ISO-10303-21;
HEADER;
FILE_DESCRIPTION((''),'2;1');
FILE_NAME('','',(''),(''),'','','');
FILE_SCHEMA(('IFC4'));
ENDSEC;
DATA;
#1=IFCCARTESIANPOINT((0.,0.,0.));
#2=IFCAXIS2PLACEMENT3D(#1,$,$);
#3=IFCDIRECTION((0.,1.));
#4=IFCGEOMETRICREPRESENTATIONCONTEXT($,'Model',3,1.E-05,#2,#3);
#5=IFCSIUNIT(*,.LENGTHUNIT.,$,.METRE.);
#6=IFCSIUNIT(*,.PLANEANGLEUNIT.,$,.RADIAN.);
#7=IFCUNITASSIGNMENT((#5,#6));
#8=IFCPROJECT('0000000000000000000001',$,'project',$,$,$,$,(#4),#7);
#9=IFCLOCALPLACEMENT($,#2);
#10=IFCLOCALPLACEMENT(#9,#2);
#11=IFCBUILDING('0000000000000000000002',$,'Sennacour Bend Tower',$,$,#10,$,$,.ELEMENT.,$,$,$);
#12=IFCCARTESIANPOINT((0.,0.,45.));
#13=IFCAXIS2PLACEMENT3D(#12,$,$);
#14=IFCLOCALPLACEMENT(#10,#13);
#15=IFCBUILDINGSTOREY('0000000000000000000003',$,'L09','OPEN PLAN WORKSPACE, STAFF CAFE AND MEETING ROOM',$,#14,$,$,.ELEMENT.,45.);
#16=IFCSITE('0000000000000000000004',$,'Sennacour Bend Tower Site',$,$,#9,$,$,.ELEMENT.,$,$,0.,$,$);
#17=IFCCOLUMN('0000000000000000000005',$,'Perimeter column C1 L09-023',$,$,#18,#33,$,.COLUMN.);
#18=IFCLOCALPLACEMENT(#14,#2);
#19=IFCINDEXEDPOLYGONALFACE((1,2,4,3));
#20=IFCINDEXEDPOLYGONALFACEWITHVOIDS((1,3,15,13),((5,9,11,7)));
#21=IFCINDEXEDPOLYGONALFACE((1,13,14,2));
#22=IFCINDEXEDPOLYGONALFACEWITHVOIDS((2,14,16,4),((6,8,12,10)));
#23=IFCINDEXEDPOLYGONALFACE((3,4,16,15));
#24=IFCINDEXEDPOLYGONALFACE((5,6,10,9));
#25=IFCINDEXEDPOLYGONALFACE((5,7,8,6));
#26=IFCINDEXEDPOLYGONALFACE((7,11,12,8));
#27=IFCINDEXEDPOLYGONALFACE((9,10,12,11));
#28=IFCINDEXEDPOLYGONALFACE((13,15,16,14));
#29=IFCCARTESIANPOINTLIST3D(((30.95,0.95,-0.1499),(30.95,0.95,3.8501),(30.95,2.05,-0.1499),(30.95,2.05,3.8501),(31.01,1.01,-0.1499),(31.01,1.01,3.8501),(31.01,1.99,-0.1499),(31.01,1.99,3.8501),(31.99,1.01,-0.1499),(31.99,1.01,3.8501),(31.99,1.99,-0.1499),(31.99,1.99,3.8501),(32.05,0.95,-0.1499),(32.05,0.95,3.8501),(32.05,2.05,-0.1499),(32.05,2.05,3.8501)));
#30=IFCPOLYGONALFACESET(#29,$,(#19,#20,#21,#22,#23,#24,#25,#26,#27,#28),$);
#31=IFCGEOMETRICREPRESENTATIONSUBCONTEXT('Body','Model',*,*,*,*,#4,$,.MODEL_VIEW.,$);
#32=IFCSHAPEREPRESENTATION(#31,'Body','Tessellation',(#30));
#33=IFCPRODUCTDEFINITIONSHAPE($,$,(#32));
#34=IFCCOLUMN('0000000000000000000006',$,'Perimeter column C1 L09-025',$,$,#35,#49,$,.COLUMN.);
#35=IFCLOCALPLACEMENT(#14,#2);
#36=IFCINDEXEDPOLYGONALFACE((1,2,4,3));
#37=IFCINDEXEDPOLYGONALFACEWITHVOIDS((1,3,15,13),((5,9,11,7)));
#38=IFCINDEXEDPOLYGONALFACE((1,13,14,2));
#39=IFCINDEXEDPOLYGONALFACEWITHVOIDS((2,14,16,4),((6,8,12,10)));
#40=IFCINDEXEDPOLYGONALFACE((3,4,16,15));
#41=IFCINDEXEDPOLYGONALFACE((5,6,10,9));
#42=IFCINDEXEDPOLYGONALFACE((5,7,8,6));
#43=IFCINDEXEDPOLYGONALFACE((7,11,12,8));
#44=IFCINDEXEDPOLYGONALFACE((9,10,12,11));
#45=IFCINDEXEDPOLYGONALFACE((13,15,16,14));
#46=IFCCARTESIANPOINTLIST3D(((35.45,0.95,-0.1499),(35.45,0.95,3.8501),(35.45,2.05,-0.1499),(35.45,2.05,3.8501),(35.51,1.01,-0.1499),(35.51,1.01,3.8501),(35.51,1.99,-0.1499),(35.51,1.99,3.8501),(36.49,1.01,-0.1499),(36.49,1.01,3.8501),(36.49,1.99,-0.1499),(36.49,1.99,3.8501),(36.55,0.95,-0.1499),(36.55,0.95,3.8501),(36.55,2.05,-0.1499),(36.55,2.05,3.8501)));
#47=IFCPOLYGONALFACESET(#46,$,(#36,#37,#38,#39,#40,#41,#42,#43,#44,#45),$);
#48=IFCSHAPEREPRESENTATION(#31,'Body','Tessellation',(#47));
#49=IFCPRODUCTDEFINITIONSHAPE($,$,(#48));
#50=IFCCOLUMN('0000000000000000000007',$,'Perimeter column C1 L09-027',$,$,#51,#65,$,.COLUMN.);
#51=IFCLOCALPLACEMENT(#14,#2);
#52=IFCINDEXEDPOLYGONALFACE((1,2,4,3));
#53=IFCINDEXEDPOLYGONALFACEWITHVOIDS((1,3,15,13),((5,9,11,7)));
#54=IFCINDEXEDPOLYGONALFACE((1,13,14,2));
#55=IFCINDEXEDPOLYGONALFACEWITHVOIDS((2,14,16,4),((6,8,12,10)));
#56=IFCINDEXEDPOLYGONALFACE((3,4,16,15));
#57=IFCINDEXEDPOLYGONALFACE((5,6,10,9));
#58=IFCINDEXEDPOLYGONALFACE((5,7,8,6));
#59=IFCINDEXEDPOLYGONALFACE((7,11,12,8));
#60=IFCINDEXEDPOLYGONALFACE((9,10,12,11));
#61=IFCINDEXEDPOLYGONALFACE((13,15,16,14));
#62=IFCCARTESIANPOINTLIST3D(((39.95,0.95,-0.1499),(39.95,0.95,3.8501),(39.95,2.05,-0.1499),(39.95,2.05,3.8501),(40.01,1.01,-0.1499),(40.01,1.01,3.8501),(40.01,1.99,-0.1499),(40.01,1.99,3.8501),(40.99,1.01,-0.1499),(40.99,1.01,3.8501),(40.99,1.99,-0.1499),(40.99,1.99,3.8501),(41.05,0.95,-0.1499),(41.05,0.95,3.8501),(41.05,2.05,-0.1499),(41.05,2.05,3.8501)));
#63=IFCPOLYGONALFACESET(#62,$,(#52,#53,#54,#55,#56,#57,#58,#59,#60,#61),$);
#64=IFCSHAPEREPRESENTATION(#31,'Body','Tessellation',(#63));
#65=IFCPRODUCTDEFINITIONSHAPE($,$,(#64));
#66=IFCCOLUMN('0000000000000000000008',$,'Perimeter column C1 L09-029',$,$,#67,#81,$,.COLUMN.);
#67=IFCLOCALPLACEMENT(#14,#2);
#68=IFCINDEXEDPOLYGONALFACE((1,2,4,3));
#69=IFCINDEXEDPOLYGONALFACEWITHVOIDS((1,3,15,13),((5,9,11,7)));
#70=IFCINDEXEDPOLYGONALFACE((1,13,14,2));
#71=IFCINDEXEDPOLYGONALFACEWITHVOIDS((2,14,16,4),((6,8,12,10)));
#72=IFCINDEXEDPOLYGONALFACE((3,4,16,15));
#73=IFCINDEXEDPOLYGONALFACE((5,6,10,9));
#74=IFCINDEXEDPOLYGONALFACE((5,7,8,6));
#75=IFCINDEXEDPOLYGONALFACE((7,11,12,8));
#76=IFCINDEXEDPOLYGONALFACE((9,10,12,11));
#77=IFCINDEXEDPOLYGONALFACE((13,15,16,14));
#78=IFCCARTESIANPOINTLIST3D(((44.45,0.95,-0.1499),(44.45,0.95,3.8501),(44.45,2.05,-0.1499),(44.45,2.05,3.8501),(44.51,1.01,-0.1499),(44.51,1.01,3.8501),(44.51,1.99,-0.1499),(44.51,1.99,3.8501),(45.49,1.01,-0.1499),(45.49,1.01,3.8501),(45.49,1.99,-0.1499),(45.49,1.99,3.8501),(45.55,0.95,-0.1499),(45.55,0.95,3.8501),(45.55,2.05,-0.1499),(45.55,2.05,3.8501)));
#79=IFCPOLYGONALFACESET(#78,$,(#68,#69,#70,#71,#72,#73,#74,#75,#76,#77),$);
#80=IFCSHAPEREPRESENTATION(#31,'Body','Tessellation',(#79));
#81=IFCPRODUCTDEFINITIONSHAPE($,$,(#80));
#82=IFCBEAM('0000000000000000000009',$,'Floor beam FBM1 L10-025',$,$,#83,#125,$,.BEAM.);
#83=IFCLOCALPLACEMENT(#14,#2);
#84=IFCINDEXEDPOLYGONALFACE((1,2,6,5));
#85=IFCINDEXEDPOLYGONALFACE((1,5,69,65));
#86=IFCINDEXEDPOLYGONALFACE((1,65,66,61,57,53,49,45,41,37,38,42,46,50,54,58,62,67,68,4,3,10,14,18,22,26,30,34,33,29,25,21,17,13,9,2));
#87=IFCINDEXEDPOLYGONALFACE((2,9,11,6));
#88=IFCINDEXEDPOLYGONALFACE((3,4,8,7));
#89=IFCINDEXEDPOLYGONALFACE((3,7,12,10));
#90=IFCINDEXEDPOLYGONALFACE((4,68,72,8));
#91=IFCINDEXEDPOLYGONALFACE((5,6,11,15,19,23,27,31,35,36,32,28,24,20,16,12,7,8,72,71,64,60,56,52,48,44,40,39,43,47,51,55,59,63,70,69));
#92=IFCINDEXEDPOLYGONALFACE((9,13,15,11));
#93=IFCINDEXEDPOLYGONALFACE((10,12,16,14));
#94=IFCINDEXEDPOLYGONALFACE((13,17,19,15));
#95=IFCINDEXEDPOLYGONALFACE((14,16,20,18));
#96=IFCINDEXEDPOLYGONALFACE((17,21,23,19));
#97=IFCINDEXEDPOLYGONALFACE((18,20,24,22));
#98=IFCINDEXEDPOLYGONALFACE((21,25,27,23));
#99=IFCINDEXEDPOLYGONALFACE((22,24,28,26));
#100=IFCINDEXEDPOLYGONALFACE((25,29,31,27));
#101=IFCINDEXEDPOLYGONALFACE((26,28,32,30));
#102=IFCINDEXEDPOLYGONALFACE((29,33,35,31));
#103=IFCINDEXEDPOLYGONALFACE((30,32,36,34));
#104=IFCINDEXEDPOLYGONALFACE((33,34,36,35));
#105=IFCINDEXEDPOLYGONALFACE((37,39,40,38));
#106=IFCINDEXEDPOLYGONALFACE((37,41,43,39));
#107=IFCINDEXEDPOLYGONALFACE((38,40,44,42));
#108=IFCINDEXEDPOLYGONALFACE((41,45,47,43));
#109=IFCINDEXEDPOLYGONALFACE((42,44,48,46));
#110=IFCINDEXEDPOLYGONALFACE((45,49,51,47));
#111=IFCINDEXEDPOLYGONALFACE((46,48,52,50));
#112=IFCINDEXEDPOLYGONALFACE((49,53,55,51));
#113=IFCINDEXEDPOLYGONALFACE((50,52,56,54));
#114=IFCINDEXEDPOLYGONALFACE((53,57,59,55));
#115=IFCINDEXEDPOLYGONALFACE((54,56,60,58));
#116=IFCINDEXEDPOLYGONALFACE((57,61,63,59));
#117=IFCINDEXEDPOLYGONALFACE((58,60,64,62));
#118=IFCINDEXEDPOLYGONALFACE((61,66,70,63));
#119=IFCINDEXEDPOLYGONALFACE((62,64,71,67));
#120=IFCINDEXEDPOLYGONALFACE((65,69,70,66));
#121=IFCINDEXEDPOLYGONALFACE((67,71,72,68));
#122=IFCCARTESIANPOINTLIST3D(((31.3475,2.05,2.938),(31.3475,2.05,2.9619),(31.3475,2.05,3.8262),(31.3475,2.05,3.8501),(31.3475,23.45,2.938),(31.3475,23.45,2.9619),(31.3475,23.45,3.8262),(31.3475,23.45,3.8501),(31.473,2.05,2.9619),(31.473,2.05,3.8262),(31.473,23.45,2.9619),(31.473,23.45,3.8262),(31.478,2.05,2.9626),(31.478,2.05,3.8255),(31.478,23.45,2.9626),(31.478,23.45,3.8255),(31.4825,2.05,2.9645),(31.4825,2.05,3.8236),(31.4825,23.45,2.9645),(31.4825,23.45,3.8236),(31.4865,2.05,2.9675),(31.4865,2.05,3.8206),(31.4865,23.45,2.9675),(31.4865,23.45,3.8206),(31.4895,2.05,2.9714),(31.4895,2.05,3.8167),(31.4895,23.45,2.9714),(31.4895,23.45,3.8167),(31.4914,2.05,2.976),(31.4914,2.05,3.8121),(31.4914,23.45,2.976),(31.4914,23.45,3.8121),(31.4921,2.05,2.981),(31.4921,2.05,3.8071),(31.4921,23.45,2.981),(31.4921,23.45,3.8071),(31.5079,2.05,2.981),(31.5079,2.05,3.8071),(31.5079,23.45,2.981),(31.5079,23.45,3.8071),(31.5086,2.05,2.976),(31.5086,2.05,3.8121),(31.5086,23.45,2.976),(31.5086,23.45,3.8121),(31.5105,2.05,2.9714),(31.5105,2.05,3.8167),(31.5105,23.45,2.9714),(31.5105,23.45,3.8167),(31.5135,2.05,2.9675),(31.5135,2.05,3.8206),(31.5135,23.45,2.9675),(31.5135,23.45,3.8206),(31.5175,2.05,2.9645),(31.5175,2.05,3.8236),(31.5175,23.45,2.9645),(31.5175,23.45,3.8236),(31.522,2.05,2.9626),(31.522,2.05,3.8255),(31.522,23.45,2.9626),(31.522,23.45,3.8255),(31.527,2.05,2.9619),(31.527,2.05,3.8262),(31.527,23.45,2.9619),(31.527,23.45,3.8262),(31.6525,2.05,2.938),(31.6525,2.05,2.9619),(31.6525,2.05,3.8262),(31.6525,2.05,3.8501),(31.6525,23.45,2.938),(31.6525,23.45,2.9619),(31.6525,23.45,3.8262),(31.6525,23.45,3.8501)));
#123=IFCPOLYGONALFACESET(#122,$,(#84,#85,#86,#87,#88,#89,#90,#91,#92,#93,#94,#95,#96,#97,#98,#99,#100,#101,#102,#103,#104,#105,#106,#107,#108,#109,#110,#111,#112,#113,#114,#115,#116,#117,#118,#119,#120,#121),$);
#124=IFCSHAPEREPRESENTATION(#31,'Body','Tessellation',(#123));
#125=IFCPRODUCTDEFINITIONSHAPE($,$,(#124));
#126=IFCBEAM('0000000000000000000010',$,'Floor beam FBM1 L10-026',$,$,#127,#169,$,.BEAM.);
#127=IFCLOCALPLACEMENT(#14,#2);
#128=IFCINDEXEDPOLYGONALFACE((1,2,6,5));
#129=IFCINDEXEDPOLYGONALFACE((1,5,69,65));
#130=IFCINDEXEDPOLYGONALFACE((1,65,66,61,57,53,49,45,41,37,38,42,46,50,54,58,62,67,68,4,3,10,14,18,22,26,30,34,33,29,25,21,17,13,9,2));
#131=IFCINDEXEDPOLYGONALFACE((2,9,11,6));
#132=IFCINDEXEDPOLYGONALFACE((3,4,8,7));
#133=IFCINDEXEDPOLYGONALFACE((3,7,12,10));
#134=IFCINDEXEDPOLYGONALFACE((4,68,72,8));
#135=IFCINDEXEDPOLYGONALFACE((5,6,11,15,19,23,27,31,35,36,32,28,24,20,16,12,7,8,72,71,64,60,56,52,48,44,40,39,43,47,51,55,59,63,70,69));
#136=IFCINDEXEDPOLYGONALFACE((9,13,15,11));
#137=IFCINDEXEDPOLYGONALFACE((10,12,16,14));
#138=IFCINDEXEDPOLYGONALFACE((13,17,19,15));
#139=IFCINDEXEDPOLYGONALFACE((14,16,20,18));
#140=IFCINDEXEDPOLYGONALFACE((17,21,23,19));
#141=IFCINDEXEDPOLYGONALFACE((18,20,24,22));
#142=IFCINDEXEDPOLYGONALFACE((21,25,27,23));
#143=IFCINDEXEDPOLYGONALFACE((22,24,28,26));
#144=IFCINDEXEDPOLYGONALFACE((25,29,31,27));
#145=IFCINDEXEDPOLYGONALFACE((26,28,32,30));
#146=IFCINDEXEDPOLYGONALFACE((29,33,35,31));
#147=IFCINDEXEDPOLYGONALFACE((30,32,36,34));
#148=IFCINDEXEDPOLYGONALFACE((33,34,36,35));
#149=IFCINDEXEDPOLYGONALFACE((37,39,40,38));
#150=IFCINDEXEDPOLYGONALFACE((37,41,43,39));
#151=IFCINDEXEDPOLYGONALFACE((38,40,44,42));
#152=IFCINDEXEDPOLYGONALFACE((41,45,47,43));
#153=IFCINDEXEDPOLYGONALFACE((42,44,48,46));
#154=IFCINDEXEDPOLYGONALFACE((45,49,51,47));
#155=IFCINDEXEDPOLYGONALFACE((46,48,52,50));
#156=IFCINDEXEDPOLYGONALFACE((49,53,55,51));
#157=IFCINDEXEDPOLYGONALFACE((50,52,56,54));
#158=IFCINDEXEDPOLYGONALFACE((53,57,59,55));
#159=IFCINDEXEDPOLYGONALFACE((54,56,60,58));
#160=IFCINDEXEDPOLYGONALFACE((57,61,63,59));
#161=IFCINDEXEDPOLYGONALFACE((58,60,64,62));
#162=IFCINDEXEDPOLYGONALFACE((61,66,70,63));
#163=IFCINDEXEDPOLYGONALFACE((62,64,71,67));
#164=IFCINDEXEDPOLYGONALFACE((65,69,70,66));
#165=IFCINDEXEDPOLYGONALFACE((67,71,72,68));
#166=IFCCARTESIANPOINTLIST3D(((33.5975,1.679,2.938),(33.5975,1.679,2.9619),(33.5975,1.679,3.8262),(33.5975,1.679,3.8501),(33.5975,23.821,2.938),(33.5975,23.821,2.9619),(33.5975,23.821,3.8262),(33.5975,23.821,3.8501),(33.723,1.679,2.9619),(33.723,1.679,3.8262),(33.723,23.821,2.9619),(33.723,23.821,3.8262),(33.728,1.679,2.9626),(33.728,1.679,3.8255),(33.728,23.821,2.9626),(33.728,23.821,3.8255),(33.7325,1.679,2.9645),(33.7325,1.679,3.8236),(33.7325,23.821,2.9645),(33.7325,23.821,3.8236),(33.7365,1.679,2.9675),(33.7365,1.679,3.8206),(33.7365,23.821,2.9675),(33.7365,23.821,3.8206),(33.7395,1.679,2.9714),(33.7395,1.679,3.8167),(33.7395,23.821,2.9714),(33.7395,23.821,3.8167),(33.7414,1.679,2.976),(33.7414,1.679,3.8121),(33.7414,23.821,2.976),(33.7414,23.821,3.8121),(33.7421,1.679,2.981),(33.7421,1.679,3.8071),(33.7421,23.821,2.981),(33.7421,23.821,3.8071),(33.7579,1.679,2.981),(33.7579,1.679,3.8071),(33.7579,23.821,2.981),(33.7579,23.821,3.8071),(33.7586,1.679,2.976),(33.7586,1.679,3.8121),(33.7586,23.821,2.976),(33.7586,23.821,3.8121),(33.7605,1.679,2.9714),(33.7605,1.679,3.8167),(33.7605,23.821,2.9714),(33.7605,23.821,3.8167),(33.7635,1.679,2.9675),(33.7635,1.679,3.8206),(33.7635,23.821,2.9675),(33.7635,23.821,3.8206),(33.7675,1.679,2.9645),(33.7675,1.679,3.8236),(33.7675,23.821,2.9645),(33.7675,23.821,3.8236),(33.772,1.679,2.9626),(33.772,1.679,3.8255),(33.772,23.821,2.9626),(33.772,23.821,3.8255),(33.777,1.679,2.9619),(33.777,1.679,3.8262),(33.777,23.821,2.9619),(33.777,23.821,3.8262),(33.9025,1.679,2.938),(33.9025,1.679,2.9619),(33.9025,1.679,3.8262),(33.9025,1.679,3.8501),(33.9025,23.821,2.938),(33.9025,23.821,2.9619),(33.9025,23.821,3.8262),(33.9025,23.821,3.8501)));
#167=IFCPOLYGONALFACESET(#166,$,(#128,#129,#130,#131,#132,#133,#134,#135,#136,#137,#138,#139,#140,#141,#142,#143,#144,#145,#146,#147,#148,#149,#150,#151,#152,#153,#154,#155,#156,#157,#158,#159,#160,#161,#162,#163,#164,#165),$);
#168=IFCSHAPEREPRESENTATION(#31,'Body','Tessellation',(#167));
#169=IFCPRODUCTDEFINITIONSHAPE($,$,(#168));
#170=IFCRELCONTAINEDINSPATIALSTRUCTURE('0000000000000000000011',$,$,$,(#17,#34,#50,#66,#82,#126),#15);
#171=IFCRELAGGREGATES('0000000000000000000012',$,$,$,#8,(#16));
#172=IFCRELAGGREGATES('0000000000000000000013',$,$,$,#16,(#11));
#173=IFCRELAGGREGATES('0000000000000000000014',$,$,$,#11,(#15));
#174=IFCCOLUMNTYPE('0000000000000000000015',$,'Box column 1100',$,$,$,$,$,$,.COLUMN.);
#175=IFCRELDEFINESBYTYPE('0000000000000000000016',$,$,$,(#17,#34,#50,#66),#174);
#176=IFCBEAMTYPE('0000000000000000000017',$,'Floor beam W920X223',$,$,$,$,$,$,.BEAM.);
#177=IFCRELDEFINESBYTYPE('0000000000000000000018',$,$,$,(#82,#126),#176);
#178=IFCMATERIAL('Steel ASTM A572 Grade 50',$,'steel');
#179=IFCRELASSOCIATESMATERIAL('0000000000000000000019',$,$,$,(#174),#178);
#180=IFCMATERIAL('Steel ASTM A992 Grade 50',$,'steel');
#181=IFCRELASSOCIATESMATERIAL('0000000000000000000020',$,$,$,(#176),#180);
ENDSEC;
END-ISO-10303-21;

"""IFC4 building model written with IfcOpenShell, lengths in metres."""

from ifc_helpers import new_model, si_unit, direction, frame, origin, origin_2d, place, context, subcontext, project, spatial, hollow_rectangle, i_section, extrude, material, material_profile, profile_set, type_object, element, save


model = new_model("IFC4")

# Units and contexts
model_context = context("Model", 3, precision=1e-05, world=origin(), true_north=direction((0.0, 1.0)))
body_context = subcontext(model_context, "Body", "Model", "MODEL_VIEW")
ifc_project = project(units=[si_unit("LENGTHUNIT", "METRE"), si_unit("PLANEANGLEUNIT", "RADIAN")], contexts=[model_context])

# Site, building, storey
site_placement = place(None, origin())
site = spatial("IfcSite", under=ifc_project, at=site_placement, Name="Sennacour Bend Tower Site", CompositionType="ELEMENT", RefElevation=0.0)
building_placement = place(site_placement, origin())
building = spatial("IfcBuilding", under=site, at=building_placement, Name="Sennacour Bend Tower", CompositionType="ELEMENT")
storey_placement = place(building_placement, frame((0.0, 0.0, 45.0)))
storey = spatial("IfcBuildingStorey", under=building, at=storey_placement, Name="L09", Description="OPEN PLAN WORKSPACE, STAFF CAFE AND MEETING ROOM", CompositionType="ELEMENT", Elevation=45.0)

# Columns
ifc_material_1 = material(Name="Steel ASTM A572 Grade 50", Category="steel")
ifc_material_profile_1 = material_profile(ifc_material_1, hollow_rectangle(XDim=1.1001, YDim=1.1001, WallThickness=0.0601, at=origin_2d()), Name="Steel ASTM A572 Grade 50", Category="steel")
ifc_profile_set_1 = profile_set([ifc_material_profile_1], Name="Steel ASTM A572 Grade 50")
column_type = type_object("IfcColumnType", Name="Box column 1100", PredefinedType="COLUMN", material=ifc_profile_set_1)
for number, where, z_axis, x_axis, name in (
    (1, (31.5, 1.5, -0.1499), (0.0, 0.0, 1.0), (1.0, 0.0, 0.0), "Perimeter column C1 L09-023"),
    (2, (36.0, 1.5, -0.1499), (0.0, 0.0, 1.0), (1.0, 0.0, 0.0), "Perimeter column C1 L09-025"),
    (3, (40.5, 1.5, -0.1499), (0.0, 0.0, 1.0), (1.0, 0.0, 0.0), "Perimeter column C1 L09-027"),
    (4, (45.0, 1.5, -0.1499), (0.0, 0.0, 1.0), (1.0, 0.0, 0.0), "Perimeter column C1 L09-029"),
):
    element("IfcColumn", number, at=place(storey_placement, frame(where, z_axis=z_axis, x_axis=x_axis)), inside=storey, type_object=column_type, Name=name, PredefinedType="COLUMN", context=body_context, shape_type="SweptSolid", body=[
        extrude(hollow_rectangle(XDim=1.1001, YDim=1.1001, WallThickness=0.0601, at=origin_2d()), origin(), (0.0, 0.0, 1.0), 4.0),
    ])

# Beams
ifc_material_2 = material(Name="Steel ASTM A992 Grade 50", Category="steel")
ifc_material_profile_2 = material_profile(ifc_material_2, i_section(OverallWidth=0.3049, OverallDepth=0.9121, WebThickness=0.0159, FlangeThickness=0.0239, FilletRadius=0.019, at=origin_2d()), Name="Steel ASTM A992 Grade 50", Category="steel")
ifc_profile_set_2 = profile_set([ifc_material_profile_2], Name="Steel ASTM A992 Grade 50")
beam_type_1 = type_object("IfcBeamType", Name="Floor beam W920X223", PredefinedType="BEAM", material=ifc_profile_set_2)
beam_1_placement = place(storey_placement, frame((31.5, 2.05, 3.394), z_axis=(0.0, 1.0, 0.0), x_axis=(-1.0, 0.0, 0.0)))
element("IfcBeam", 5, at=beam_1_placement, inside=storey, type_object=beam_type_1, Name="Floor beam FBM1 L10-025", PredefinedType="BEAM", context=body_context, shape_type="SweptSolid", body=[
    extrude(i_section(OverallWidth=0.3049, OverallDepth=0.9121, WebThickness=0.0159, FlangeThickness=0.0239, FilletRadius=0.019, at=origin_2d()), origin(), (0.0, 0.0, 1.0), 21.3999),
])
beam_2_placement = place(storey_placement, frame((33.75, 1.679, 3.394), z_axis=(0.0, 1.0, 0.0), x_axis=(-1.0, 0.0, 0.0)))
element("IfcBeam", 6, at=beam_2_placement, inside=storey, type_object=beam_type_1, Name="Floor beam FBM1 L10-026", PredefinedType="BEAM", context=body_context, shape_type="SweptSolid", body=[
    extrude(i_section(OverallWidth=0.3049, OverallDepth=0.9121, WebThickness=0.0159, FlangeThickness=0.0239, FilletRadius=0.019, at=origin_2d()), origin(), (0.0, 0.0, 1.0), 22.1421),
])

save(model, "model.ifc")
